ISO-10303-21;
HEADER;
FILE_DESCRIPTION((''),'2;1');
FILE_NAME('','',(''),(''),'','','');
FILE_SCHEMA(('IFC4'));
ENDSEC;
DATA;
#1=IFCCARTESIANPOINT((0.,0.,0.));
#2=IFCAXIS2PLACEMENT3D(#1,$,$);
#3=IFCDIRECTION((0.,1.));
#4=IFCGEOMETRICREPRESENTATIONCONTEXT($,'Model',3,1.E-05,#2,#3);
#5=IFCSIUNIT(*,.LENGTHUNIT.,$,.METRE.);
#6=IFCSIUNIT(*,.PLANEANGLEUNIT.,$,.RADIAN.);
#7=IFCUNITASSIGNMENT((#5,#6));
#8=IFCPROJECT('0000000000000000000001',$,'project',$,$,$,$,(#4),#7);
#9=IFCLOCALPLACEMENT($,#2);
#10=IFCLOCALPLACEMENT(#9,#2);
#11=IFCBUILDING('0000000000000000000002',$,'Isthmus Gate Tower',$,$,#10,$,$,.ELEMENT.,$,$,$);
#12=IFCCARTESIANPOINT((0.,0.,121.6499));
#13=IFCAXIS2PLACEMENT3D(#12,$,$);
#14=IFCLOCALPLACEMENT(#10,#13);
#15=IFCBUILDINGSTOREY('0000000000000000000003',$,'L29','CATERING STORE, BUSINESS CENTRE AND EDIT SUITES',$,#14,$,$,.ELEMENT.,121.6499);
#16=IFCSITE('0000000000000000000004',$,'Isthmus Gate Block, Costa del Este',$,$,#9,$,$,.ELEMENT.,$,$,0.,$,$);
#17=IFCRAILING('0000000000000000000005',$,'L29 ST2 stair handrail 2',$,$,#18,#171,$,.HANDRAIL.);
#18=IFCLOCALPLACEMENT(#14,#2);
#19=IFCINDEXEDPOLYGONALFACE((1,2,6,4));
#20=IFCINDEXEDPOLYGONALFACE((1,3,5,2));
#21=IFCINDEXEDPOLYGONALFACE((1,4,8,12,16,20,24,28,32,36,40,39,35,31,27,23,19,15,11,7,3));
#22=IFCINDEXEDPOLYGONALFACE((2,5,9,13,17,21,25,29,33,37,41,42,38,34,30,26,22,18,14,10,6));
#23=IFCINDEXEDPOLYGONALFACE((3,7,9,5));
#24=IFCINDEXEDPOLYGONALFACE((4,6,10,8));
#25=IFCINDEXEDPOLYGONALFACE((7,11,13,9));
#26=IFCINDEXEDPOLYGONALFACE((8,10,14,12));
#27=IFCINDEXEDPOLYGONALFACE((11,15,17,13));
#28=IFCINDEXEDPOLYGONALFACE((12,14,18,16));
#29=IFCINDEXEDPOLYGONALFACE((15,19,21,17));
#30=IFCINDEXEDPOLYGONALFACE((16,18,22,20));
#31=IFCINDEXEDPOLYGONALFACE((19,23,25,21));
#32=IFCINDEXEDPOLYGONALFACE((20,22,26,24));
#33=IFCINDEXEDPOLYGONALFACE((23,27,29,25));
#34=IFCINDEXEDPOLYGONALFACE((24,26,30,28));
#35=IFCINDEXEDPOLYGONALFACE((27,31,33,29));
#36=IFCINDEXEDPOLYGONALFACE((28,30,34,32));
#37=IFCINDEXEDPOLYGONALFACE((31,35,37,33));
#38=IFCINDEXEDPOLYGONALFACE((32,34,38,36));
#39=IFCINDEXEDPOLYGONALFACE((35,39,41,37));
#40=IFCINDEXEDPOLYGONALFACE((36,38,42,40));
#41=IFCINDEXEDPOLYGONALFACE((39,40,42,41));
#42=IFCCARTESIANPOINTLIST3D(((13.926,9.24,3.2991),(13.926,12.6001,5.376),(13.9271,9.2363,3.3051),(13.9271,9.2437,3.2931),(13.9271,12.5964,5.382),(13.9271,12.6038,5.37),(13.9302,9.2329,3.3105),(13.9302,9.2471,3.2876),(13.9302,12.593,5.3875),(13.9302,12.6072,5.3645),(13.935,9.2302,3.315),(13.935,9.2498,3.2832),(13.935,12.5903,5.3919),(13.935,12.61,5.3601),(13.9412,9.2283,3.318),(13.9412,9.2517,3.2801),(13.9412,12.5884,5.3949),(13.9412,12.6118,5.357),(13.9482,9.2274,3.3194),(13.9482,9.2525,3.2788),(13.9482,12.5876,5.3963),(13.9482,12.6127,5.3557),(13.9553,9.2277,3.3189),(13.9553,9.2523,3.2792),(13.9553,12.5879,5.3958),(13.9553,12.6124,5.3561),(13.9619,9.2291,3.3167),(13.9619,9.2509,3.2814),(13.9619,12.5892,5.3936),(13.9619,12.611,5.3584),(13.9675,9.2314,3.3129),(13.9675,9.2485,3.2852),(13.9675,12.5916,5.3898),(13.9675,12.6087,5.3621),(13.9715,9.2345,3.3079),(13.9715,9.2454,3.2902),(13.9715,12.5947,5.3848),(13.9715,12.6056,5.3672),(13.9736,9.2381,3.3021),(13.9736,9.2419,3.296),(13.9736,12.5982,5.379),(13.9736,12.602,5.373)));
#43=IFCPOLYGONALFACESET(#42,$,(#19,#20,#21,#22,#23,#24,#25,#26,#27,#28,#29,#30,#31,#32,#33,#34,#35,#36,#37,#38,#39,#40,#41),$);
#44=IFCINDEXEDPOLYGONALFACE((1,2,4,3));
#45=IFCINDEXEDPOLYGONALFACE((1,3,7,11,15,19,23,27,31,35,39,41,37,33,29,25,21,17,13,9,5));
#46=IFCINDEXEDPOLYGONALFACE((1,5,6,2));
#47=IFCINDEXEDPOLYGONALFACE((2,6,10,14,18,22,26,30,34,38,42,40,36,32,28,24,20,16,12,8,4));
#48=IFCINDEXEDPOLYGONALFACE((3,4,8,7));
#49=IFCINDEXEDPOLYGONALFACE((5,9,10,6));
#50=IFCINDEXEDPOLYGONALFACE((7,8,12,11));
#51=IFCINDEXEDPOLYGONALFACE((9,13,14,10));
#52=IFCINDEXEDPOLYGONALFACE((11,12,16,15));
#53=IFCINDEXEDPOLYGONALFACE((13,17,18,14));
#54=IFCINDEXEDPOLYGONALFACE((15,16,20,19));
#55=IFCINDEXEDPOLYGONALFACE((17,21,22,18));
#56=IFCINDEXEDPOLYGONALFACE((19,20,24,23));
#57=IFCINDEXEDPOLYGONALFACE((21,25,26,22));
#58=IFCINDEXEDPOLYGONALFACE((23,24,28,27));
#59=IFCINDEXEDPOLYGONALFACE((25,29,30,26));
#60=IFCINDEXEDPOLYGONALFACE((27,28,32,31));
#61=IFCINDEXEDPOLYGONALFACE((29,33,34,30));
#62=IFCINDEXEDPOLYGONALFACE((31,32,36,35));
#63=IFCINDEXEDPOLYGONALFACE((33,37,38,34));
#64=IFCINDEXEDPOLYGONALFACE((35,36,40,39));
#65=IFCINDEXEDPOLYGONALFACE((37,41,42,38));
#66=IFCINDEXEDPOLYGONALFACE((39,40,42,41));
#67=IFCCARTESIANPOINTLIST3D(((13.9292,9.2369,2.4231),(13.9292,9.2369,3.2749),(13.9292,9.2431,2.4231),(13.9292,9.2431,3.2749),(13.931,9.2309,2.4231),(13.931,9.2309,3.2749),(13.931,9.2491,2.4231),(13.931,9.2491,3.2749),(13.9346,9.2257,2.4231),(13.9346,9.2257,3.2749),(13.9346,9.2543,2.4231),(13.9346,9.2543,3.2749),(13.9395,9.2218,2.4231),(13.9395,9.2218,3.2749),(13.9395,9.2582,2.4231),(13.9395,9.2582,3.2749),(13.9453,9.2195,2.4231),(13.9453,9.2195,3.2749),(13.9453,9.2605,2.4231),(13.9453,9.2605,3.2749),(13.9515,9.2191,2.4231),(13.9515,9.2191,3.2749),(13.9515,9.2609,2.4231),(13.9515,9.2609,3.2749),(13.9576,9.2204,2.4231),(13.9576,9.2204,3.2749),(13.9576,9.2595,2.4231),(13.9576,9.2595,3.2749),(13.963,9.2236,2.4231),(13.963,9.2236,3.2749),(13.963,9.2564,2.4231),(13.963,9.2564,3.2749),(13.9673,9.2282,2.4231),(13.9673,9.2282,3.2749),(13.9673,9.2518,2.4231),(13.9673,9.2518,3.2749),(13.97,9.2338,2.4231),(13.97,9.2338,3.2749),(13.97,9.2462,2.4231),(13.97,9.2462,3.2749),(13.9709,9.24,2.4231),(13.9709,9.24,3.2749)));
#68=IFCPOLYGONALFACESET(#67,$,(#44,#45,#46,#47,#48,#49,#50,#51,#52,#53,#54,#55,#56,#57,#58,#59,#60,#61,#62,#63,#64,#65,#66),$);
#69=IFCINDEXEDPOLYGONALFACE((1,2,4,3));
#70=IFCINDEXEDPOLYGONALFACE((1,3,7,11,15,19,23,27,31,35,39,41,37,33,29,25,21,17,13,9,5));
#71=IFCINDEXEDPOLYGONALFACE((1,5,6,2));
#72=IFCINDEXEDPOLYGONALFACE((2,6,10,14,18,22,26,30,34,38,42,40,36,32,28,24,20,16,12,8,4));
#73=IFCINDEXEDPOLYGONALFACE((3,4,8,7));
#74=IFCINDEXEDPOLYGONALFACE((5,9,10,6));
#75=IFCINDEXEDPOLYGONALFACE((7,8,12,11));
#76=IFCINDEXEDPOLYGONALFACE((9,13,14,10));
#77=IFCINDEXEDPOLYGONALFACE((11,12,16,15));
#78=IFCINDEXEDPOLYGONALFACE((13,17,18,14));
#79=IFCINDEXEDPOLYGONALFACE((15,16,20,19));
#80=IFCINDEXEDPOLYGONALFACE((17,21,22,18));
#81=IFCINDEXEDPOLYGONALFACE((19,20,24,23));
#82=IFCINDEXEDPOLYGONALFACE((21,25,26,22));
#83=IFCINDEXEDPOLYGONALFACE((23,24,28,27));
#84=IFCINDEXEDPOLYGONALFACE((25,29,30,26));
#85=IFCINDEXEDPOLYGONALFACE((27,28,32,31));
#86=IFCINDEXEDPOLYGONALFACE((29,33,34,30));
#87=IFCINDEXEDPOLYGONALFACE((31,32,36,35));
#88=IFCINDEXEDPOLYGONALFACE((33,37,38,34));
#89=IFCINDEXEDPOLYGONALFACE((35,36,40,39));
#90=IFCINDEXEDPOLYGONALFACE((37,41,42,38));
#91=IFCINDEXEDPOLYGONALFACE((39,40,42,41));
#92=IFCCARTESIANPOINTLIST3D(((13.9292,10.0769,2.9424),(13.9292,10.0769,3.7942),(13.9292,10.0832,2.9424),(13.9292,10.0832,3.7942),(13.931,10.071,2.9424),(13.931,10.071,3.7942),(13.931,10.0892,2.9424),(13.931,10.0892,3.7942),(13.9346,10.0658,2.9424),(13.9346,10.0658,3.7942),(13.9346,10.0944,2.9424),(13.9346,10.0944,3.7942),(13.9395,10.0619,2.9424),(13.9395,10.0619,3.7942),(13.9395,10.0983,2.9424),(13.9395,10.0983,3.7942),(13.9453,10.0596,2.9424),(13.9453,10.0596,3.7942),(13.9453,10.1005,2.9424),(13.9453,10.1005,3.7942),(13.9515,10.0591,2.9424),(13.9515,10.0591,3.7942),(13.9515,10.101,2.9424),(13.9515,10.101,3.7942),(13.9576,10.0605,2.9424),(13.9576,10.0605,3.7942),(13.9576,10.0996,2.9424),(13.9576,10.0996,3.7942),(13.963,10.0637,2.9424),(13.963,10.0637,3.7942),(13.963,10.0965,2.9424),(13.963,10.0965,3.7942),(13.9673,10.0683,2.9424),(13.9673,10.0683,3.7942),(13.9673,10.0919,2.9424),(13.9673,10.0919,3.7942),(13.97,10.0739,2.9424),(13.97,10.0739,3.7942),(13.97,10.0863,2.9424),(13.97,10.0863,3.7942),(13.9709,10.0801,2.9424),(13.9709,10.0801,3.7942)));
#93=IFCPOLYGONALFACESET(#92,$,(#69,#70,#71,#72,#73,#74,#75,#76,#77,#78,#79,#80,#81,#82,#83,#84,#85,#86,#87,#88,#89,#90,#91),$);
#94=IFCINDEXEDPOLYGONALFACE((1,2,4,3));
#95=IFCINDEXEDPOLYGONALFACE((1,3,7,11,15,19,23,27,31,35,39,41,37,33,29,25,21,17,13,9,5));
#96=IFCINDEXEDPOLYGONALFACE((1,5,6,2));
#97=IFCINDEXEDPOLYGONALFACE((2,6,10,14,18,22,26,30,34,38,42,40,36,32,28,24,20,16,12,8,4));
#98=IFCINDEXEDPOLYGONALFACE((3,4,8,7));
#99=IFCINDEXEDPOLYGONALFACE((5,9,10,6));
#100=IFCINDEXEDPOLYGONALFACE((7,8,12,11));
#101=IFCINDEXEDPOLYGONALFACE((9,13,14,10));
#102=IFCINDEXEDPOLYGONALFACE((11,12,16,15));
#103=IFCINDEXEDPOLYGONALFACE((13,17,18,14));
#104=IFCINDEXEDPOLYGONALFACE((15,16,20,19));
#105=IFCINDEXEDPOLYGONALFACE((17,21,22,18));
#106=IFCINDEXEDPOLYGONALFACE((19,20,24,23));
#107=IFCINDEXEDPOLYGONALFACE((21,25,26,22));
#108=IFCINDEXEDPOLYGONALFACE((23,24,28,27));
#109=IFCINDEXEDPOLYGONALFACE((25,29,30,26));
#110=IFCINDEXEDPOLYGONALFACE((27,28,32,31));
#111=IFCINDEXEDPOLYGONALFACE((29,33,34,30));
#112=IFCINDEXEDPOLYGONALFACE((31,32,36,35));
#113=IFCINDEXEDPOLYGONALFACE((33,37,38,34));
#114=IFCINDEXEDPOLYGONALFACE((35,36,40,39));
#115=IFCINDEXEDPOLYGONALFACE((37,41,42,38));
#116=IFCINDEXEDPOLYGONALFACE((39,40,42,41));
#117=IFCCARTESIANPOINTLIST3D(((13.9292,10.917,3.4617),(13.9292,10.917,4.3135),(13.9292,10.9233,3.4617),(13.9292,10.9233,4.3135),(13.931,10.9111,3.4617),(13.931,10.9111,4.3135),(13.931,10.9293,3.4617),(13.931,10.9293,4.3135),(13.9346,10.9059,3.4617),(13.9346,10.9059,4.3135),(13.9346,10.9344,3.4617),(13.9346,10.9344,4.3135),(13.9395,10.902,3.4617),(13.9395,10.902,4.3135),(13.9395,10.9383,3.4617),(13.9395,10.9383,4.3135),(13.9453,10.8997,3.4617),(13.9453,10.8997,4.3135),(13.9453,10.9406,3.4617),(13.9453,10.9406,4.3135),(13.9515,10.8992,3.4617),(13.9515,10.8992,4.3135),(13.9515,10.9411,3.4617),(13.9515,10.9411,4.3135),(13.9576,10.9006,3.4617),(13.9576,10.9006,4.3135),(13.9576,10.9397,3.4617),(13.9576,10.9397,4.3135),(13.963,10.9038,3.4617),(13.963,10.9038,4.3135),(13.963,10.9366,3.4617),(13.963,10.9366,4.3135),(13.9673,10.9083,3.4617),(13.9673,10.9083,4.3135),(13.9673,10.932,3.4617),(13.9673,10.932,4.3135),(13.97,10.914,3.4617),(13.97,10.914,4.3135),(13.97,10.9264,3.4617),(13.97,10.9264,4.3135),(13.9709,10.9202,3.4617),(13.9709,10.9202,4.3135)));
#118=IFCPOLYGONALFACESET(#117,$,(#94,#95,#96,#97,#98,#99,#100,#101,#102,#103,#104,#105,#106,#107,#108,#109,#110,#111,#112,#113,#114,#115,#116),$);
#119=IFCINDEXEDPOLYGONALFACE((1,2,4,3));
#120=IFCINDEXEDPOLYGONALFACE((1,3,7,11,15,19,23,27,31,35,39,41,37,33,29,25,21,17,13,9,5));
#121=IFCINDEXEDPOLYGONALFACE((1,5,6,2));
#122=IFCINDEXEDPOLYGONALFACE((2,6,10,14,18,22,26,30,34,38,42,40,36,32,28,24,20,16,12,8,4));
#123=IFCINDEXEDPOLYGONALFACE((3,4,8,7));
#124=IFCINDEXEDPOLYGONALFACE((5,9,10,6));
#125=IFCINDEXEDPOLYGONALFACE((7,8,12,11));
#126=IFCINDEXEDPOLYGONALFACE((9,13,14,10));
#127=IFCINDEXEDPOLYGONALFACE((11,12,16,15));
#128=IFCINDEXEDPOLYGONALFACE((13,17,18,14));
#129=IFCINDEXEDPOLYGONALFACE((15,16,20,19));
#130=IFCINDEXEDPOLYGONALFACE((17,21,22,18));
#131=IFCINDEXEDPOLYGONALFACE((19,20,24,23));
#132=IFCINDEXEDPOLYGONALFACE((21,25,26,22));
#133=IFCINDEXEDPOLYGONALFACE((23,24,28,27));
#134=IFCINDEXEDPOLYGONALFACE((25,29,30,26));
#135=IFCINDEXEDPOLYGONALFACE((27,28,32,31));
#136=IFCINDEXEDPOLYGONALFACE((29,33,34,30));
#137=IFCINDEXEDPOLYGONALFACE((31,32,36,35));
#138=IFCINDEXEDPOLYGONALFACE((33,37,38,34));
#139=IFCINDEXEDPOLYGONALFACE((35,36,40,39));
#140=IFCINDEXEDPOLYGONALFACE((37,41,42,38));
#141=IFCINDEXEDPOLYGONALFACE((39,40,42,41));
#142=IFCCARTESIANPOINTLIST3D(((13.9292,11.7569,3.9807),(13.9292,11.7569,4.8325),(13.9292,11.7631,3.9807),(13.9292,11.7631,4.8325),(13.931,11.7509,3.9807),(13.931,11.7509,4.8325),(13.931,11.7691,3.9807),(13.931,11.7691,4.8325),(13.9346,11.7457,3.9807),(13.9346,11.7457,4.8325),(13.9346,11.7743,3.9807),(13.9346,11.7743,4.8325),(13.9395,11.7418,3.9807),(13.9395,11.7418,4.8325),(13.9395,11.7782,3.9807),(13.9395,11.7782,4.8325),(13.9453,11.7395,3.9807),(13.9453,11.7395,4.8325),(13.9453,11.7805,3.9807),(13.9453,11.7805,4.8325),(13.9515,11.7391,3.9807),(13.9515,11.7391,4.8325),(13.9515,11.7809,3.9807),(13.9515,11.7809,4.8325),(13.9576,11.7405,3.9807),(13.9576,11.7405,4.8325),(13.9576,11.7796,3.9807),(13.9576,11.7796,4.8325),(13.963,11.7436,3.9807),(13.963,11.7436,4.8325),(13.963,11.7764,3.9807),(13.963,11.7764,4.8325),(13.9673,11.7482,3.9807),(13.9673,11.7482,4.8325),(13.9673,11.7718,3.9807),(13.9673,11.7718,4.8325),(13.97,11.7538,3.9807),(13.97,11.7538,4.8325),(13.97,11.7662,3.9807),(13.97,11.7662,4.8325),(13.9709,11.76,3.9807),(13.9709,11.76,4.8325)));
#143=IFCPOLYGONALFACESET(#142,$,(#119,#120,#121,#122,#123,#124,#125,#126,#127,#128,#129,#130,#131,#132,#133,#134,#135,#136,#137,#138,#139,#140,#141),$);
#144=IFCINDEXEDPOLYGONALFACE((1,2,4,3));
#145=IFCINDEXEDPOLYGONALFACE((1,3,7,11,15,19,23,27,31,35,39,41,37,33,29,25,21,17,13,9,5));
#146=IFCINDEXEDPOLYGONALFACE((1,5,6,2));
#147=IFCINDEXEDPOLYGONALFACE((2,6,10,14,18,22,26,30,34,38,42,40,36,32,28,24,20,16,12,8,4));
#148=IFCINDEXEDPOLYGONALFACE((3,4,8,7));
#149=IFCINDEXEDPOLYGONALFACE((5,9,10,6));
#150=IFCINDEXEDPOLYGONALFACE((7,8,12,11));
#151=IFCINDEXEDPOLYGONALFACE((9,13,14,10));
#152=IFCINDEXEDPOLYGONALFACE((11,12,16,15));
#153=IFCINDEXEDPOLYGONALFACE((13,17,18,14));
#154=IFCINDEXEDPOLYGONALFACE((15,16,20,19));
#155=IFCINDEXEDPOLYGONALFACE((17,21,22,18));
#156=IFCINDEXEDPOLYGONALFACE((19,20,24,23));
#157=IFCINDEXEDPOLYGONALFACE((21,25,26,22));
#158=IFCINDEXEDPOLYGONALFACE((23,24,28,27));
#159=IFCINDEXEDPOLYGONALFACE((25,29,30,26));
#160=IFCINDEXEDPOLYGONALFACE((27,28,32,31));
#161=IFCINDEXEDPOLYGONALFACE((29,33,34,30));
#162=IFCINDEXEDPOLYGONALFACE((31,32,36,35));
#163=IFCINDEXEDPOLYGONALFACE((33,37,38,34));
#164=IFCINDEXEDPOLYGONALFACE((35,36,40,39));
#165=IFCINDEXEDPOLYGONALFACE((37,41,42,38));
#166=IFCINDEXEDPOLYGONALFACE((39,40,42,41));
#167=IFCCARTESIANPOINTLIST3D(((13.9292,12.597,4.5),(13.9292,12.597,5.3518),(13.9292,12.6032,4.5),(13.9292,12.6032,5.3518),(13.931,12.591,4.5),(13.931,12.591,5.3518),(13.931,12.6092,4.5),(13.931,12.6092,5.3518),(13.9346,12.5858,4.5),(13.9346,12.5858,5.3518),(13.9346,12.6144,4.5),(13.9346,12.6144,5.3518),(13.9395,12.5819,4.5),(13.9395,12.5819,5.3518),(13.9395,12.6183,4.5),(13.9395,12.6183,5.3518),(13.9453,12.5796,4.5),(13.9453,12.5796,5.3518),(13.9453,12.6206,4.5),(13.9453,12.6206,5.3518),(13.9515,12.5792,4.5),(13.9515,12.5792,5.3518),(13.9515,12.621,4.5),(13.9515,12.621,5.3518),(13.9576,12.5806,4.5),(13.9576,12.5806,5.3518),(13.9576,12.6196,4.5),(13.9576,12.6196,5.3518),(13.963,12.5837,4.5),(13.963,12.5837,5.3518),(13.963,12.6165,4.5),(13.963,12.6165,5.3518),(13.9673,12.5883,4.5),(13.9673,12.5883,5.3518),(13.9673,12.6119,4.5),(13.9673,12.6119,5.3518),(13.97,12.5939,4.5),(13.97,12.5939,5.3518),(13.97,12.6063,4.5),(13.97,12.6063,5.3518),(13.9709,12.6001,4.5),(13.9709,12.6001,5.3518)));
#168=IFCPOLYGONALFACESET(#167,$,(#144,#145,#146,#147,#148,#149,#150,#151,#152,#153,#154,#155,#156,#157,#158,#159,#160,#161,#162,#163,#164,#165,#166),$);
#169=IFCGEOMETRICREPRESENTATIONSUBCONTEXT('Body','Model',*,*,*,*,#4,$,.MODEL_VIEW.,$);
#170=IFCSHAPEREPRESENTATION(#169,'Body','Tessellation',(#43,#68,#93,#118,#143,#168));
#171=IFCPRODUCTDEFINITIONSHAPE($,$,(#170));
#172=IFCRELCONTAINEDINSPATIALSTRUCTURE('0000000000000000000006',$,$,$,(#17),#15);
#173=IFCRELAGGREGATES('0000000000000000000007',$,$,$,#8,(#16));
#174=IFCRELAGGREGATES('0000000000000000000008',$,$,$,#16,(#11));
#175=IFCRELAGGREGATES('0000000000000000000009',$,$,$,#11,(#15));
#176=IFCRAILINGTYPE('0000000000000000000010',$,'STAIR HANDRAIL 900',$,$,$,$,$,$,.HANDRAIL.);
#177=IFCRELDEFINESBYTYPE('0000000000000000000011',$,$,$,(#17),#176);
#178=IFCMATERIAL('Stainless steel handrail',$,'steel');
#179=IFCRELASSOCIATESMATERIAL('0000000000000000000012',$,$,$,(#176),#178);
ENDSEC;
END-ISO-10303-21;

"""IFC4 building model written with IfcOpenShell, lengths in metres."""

from ifc_helpers import new_model, si_unit, direction, frame, origin, origin_2d, place, context, subcontext, project, spatial, circle, extrude, material, type_object, element, save


model = new_model("IFC4")

# Units and contexts
model_context = context("Model", 3, precision=1e-05, world=origin(), true_north=direction((0.0, 1.0)))
body_context = subcontext(model_context, "Body", "Model", "MODEL_VIEW")
ifc_project = project(units=[si_unit("LENGTHUNIT", "METRE"), si_unit("PLANEANGLEUNIT", "RADIAN")], contexts=[model_context])

# Site, building, storey
site_placement = place(None, origin())
site = spatial("IfcSite", under=ifc_project, at=site_placement, Name="Isthmus Gate Block, Costa del Este", CompositionType="ELEMENT", RefElevation=0.0)
building_placement = place(site_placement, origin())
building = spatial("IfcBuilding", under=site, at=building_placement, Name="Isthmus Gate Tower", CompositionType="ELEMENT")
storey_placement = place(building_placement, frame((0.0, 0.0, 121.6499)))
storey = spatial("IfcBuildingStorey", under=building, at=storey_placement, Name="L29", Description="CATERING STORE, BUSINESS CENTRE AND EDIT SUITES", CompositionType="ELEMENT", Elevation=121.6499)

# Railing
ifc_material_1 = material(Name="Stainless steel handrail", Category="steel")
railing_type_1 = type_object("IfcRailingType", Name="STAIR HANDRAIL 900", PredefinedType="HANDRAIL", material=ifc_material_1)
for number, where, name in (
    (1, (13.95, 9.24, 2.4231), "L29 ST2 stair handrail 2"),
):
    element("IfcRailing", number, at=place(storey_placement, frame(where)), inside=storey, type_object=railing_type_1, Name=name, PredefinedType="HANDRAIL", context=body_context, shape_type="SweptSolid", body=[
        extrude(circle(Radius=0.0239, at=origin_2d()), frame((0.0, 0.0, 0.876), z_axis=(0.0, 0.850623, 0.525776), x_axis=(-1.0, 0.0, 0.0)), (0.0, 0.0, 1.0), 3.9502),
        extrude(circle(Radius=0.021, at=origin_2d()), origin(), (0.0, 0.0, 1.0), 0.8518),
        extrude(circle(Radius=0.021, at=origin_2d()), frame((0.0, 0.8401, 0.5193)), (0.0, 0.0, 1.0), 0.8518),
        extrude(circle(Radius=0.021, at=origin_2d()), frame((0.0, 1.6802, 1.0386)), (0.0, 0.0, 1.0), 0.8518),
        extrude(circle(Radius=0.021, at=origin_2d()), frame((0.0, 2.52, 1.5576)), (0.0, 0.0, 1.0), 0.8518),
        extrude(circle(Radius=0.021, at=origin_2d()), frame((0.0, 3.3601, 2.0769)), (0.0, 0.0, 1.0), 0.8518),
    ])

save(model, "model.ifc")
